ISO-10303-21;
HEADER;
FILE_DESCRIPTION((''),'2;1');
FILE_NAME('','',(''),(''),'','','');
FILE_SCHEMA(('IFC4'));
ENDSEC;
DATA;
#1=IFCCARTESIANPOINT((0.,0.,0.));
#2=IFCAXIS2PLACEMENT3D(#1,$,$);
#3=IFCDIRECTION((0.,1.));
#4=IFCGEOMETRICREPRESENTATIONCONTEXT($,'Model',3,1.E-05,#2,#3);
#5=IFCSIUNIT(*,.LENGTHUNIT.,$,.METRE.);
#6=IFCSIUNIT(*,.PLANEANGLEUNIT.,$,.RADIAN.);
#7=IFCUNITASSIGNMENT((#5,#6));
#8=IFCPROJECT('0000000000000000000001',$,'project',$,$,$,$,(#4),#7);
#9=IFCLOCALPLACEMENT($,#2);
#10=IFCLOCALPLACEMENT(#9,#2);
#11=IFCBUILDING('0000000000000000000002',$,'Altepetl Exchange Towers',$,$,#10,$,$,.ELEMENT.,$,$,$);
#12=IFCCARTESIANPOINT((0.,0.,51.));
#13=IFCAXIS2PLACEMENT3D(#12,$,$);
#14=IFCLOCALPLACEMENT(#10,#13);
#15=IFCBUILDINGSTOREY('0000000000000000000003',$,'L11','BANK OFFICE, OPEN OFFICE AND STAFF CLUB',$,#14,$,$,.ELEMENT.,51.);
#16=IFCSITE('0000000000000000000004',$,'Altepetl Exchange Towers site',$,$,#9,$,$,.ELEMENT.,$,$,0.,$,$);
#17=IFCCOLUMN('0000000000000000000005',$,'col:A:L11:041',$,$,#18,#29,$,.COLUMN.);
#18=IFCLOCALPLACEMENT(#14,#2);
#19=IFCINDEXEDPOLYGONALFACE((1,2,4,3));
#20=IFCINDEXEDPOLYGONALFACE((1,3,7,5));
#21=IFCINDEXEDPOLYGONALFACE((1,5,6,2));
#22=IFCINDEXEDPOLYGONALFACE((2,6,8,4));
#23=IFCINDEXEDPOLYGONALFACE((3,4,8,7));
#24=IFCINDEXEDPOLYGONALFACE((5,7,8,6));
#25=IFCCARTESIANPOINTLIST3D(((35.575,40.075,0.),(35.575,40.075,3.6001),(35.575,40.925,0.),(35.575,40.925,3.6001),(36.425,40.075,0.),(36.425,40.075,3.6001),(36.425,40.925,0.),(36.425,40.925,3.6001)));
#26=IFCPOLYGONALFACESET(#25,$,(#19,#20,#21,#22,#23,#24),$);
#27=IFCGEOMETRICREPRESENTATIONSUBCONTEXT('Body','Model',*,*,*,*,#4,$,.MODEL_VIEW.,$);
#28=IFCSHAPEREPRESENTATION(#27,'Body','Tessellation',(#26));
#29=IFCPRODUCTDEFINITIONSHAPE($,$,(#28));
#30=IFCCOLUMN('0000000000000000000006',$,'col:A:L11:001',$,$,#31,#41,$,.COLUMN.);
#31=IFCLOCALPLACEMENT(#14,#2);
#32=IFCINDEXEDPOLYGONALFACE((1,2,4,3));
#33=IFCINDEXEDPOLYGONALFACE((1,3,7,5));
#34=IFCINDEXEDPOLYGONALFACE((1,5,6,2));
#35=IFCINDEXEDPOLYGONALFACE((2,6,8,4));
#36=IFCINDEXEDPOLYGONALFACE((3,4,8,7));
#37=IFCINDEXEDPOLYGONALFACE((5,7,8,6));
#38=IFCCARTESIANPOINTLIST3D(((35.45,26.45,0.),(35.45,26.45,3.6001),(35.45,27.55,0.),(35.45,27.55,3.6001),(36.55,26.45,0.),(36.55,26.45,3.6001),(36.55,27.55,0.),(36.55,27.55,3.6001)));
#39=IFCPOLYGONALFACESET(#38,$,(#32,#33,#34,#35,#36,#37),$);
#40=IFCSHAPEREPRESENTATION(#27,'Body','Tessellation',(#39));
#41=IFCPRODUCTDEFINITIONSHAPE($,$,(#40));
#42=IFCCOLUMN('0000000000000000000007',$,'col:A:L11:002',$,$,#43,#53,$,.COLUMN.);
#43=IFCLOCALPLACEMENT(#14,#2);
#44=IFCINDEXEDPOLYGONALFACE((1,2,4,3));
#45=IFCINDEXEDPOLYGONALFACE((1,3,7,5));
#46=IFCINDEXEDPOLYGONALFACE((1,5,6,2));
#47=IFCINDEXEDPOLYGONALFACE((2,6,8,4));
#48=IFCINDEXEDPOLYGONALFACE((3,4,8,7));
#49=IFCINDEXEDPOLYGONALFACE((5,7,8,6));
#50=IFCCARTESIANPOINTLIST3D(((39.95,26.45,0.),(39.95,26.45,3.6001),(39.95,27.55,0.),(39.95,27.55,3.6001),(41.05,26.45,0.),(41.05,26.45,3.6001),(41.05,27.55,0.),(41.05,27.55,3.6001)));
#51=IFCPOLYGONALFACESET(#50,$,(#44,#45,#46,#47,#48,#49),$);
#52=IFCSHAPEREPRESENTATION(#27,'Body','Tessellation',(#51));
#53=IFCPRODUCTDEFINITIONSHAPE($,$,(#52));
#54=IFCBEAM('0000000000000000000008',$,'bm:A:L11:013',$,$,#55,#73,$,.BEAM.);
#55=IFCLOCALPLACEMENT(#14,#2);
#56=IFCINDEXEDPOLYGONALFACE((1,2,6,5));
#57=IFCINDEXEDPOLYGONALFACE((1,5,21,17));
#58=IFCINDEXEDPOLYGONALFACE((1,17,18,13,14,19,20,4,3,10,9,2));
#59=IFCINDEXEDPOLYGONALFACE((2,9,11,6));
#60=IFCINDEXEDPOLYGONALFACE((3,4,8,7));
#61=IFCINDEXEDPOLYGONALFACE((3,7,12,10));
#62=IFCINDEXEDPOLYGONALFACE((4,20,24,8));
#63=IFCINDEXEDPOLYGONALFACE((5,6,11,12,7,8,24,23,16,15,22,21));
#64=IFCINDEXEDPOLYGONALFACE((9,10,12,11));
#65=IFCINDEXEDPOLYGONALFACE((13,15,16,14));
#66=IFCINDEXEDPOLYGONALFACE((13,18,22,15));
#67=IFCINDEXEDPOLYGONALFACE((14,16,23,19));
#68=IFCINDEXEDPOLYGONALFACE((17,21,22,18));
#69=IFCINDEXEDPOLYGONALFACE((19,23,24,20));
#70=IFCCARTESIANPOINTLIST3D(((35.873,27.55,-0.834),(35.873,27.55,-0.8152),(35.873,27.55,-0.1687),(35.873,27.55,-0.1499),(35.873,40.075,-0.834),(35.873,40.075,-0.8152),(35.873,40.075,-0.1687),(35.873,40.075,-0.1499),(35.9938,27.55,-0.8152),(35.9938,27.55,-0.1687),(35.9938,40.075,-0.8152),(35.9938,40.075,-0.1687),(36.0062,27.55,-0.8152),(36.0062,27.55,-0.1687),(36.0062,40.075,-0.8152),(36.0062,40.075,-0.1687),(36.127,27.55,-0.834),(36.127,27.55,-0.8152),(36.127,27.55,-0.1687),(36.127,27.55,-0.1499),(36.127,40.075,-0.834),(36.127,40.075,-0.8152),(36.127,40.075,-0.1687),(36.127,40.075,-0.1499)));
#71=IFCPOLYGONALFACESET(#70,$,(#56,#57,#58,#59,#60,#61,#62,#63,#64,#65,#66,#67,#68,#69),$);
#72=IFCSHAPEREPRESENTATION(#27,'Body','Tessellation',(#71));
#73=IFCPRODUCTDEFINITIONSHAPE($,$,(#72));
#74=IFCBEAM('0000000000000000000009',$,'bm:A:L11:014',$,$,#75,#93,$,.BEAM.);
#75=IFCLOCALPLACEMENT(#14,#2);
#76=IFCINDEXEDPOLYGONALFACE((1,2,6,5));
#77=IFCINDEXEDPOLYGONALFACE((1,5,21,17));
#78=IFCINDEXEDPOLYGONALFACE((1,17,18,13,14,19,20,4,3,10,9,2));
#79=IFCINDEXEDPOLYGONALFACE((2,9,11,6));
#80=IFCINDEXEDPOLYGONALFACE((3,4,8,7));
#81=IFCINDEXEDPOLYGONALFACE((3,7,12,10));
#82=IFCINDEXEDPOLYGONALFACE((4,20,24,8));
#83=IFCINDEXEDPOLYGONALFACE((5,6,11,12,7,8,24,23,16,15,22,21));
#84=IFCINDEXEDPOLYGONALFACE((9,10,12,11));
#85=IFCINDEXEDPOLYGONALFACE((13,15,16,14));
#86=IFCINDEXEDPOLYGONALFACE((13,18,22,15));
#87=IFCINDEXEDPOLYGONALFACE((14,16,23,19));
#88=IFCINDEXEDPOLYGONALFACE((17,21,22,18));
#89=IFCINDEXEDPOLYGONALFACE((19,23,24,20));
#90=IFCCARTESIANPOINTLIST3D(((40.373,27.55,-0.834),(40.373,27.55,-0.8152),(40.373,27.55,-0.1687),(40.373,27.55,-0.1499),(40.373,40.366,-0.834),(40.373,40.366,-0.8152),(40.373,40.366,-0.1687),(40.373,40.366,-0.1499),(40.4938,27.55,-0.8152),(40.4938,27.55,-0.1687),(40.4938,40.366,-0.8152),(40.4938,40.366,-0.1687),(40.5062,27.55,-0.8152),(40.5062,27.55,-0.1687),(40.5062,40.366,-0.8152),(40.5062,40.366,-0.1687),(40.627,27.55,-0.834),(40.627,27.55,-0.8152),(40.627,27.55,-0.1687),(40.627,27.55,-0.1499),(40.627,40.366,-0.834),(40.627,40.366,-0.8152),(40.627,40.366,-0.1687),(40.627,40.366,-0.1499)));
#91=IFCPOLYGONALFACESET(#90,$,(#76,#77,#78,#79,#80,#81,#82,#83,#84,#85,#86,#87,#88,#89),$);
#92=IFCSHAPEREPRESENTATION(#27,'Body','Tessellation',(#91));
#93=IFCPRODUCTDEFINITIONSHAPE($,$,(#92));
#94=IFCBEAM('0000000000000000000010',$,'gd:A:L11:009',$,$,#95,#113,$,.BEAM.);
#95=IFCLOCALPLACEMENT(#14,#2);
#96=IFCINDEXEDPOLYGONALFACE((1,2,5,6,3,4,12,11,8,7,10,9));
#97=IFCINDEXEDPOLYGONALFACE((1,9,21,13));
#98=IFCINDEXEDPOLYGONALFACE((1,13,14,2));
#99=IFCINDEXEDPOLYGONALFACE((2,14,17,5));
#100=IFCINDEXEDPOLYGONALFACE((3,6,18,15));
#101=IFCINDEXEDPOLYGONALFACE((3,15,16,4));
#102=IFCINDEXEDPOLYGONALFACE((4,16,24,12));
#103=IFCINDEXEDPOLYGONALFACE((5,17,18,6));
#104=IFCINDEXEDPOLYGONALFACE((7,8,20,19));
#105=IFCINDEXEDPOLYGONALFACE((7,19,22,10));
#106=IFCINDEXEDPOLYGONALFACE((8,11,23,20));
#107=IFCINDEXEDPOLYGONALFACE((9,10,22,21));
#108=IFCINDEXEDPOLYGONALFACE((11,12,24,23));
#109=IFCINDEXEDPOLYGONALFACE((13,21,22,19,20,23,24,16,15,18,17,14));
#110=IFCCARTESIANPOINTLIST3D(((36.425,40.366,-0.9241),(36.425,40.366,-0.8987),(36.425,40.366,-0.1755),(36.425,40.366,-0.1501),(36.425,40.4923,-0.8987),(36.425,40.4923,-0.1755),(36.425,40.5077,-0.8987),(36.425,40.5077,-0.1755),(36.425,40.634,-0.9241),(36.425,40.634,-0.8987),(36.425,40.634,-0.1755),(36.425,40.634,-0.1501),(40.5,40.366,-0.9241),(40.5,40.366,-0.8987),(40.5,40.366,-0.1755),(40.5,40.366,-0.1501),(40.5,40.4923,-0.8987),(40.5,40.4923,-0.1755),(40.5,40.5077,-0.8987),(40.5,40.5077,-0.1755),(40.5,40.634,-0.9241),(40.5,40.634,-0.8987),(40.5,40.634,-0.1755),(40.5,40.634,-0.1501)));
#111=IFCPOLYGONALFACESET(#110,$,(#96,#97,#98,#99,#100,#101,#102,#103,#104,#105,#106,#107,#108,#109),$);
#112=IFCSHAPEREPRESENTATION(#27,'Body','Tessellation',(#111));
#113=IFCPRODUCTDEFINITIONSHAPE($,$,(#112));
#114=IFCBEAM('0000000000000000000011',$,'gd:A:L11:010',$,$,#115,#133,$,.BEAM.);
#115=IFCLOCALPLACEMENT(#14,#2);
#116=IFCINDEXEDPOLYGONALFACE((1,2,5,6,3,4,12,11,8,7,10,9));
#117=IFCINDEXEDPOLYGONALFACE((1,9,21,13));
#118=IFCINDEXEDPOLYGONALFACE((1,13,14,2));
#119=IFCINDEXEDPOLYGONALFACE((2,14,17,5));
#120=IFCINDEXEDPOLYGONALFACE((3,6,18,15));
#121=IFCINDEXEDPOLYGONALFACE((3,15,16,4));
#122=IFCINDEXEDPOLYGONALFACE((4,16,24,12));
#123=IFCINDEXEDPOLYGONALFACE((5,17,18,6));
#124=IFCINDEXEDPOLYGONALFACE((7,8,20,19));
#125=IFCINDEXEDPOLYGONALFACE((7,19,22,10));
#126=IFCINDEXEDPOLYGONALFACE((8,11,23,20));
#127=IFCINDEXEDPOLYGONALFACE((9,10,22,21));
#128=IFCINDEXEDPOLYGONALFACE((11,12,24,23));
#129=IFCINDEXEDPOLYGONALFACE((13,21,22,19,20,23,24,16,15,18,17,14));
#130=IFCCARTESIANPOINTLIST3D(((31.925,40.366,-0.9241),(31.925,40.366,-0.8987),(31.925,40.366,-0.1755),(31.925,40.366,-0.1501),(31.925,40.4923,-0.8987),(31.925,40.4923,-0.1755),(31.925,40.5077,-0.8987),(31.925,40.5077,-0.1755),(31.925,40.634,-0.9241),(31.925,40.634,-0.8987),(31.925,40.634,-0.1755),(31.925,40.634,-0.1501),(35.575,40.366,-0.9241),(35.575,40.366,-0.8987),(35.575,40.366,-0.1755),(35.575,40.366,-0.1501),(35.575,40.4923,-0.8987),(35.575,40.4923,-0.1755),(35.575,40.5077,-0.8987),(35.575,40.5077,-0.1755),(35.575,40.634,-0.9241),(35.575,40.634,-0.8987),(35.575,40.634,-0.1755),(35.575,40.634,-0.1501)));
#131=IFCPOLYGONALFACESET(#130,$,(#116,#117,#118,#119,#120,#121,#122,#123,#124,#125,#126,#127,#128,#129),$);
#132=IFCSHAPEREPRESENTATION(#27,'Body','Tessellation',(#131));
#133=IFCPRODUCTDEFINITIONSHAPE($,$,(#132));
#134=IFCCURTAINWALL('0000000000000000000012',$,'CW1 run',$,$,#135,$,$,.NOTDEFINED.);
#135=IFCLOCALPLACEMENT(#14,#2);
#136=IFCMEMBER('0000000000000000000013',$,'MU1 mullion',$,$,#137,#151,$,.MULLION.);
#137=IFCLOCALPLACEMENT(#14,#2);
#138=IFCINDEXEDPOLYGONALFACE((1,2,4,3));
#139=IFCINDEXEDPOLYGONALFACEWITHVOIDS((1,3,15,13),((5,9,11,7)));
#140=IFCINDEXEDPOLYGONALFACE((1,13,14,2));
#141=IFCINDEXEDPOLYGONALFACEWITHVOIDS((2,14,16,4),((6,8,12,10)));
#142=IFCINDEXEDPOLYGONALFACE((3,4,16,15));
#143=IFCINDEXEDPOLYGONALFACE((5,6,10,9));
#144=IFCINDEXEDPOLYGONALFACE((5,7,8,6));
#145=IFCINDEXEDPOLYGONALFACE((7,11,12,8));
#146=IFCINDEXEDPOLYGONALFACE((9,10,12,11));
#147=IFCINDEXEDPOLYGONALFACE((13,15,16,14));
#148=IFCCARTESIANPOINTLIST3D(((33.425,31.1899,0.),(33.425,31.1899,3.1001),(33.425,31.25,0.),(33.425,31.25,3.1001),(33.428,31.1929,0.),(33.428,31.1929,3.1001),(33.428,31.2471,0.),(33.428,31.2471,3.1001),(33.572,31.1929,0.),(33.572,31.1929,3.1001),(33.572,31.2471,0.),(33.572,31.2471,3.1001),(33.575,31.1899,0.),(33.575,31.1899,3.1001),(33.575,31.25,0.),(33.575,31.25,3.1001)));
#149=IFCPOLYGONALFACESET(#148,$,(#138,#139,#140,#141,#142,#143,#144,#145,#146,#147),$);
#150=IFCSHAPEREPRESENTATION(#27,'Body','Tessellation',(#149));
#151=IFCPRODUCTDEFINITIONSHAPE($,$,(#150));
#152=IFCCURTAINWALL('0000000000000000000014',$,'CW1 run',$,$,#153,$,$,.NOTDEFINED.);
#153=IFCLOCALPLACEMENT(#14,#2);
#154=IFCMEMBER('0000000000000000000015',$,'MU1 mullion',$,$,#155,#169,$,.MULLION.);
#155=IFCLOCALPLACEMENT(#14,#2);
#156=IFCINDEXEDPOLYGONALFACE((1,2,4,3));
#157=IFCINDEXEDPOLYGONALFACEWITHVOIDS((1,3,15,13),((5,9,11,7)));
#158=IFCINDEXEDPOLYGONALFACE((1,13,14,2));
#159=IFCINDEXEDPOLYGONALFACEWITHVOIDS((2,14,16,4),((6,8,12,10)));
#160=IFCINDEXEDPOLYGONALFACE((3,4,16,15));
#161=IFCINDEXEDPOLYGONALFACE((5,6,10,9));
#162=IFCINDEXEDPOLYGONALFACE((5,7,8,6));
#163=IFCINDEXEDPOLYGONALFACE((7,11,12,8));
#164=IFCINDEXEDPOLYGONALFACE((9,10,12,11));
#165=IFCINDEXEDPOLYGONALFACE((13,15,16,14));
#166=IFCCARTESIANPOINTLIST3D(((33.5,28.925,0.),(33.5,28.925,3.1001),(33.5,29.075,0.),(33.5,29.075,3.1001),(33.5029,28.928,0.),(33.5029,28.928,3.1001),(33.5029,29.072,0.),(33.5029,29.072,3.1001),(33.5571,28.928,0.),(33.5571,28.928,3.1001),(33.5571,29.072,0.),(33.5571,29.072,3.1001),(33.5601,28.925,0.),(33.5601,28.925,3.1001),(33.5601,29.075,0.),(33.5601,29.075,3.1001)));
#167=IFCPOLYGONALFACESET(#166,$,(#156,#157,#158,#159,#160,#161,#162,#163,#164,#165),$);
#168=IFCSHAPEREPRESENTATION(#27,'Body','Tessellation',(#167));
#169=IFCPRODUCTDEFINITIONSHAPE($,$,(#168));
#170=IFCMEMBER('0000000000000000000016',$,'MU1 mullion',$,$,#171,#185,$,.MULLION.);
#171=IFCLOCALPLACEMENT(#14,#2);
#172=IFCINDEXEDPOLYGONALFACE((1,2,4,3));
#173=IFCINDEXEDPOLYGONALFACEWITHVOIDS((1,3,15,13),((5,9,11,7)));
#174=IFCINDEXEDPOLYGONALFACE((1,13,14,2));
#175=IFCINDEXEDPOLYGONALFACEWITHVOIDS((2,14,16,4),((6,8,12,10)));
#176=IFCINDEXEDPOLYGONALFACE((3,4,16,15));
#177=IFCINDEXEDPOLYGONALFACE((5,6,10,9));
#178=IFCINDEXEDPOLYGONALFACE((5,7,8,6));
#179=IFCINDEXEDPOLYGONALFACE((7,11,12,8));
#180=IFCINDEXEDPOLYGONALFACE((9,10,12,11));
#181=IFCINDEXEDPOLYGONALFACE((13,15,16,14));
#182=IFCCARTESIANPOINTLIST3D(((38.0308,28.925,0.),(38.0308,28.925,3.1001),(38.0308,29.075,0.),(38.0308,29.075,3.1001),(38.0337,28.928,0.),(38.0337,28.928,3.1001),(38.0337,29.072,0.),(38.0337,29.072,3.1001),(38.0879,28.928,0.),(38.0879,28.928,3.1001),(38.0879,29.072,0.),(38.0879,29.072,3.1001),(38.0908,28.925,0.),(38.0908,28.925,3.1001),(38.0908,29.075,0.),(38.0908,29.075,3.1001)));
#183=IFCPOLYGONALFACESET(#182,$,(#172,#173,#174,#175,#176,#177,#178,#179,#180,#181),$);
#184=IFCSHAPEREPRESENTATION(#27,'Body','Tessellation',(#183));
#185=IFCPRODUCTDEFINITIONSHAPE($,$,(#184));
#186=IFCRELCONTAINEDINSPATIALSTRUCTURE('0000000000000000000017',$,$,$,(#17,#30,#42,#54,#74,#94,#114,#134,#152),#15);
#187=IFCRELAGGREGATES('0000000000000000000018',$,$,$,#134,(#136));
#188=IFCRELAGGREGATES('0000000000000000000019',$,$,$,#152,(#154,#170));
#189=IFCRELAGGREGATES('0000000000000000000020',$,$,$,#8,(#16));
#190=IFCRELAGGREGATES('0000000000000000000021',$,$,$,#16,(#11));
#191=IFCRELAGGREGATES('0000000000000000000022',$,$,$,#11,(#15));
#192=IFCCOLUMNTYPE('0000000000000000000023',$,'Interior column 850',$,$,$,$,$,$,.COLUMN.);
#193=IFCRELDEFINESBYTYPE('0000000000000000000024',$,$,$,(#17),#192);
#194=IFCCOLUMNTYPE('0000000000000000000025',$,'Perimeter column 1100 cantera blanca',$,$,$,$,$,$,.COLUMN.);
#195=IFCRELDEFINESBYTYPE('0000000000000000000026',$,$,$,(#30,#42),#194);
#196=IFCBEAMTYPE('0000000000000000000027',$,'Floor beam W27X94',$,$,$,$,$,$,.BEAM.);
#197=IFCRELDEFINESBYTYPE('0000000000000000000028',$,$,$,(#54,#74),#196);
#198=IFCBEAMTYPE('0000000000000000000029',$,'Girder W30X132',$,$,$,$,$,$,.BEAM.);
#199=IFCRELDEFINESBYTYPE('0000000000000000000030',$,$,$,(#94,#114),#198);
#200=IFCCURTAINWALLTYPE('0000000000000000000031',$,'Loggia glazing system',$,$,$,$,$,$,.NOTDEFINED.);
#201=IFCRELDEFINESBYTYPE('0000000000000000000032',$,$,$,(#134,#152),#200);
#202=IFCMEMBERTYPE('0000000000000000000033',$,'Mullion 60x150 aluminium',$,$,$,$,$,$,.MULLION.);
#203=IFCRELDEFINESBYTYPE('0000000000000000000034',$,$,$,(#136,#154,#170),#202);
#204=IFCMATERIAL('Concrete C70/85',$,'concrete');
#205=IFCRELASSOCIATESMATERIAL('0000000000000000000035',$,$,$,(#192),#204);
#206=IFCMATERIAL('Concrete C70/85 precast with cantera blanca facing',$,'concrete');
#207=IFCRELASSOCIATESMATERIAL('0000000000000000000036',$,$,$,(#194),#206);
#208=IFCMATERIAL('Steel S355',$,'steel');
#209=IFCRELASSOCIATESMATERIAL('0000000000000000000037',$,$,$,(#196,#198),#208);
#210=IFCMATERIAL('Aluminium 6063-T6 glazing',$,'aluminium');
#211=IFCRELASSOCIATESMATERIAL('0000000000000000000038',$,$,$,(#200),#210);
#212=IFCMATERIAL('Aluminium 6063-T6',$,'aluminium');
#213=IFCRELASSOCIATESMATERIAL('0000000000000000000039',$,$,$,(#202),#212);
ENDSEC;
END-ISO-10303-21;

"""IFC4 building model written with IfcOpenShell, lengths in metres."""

from ifc_helpers import new_model, si_unit, direction, frame, origin, origin_2d, place, context, subcontext, project, spatial, rectangle, hollow_rectangle, i_section, extrude, material, material_profile, profile_set, type_object, element, aggregate, save


model = new_model("IFC4")

# Units and contexts
model_context = context("Model", 3, precision=1e-05, world=origin(), true_north=direction((0.0, 1.0)))
body_context = subcontext(model_context, "Body", "Model", "MODEL_VIEW")
ifc_project = project(units=[si_unit("LENGTHUNIT", "METRE"), si_unit("PLANEANGLEUNIT", "RADIAN")], contexts=[model_context])

# Site, building, storey
site_placement = place(None, origin())
site = spatial("IfcSite", under=ifc_project, at=site_placement, Name="Altepetl Exchange Towers site", CompositionType="ELEMENT", RefElevation=0.0)
building_placement = place(site_placement, origin())
building = spatial("IfcBuilding", under=site, at=building_placement, Name="Altepetl Exchange Towers", CompositionType="ELEMENT")
storey_placement = place(building_placement, frame((0.0, 0.0, 51.0)))
storey = spatial("IfcBuildingStorey", under=building, at=storey_placement, Name="L11", Description="BANK OFFICE, OPEN OFFICE AND STAFF CLUB", CompositionType="ELEMENT", Elevation=51.0)

# Columns
ifc_material_1 = material(Name="Concrete C70/85", Category="concrete")
ifc_material_profile_1 = material_profile(ifc_material_1, rectangle(XDim=0.8501, YDim=0.8501, at=origin_2d()), Name="850 x 850")
ifc_profile_set_1 = profile_set([ifc_material_profile_1], Name="Concrete C70/85")
column_type_1 = type_object("IfcColumnType", Name="Interior column 850", PredefinedType="COLUMN", material=ifc_profile_set_1)
column_placement = place(storey_placement, frame((36.0, 40.5, 0.0)))
element("IfcColumn", 1, at=column_placement, inside=storey, type_object=column_type_1, Name="col:A:L11:041", PredefinedType="COLUMN", context=body_context, shape_type="SweptSolid", body=[
    extrude(rectangle(XDim=0.8501, YDim=0.8501, at=origin_2d()), origin(), (0.0, 0.0, 1.0), 3.6001),
])
ifc_material_2 = material(Name="Concrete C70/85 precast with cantera blanca facing", Category="concrete")
ifc_material_profile_2 = material_profile(ifc_material_2, rectangle(XDim=1.1001, YDim=1.1001, at=origin_2d()), Name="1100 x 1100")
ifc_profile_set_2 = profile_set([ifc_material_profile_2], Name="Concrete C70/85 precast with cantera blanca facing")
column_type_2 = type_object("IfcColumnType", Name="Perimeter column 1100 cantera blanca", PredefinedType="COLUMN", material=ifc_profile_set_2)
for number, where, name in (
    (2, (36.0, 27.0, 0.0), "col:A:L11:001"),
    (3, (40.5, 27.0, 0.0), "col:A:L11:002"),
):
    element("IfcColumn", number, at=place(storey_placement, frame(where)), inside=storey, type_object=column_type_2, Name=name, PredefinedType="COLUMN", context=body_context, shape_type="SweptSolid", body=[
        extrude(rectangle(XDim=1.1001, YDim=1.1001, at=origin_2d()), origin(), (0.0, 0.0, 1.0), 3.6001),
    ])

# Beams
ifc_material_3 = material(Name="Steel S355", Category="steel")
ifc_material_profile_3 = material_profile(ifc_material_3, i_section(OverallWidth=0.2539, OverallDepth=0.6841, WebThickness=0.0125, FlangeThickness=0.0188, at=origin_2d()), Name="W27X94")
ifc_profile_set_3 = profile_set([ifc_material_profile_3], Name="Steel S355")
beam_type_1 = type_object("IfcBeamType", Name="Floor beam W27X94", PredefinedType="BEAM", material=ifc_profile_set_3)
beam_1_placement = place(storey_placement, frame((36.0, 27.55, -0.4919), z_axis=(0.0, 1.0, 0.0), x_axis=(-1.0, 0.0, 0.0)))
element("IfcBeam", 4, at=beam_1_placement, inside=storey, type_object=beam_type_1, Name="bm:A:L11:013", PredefinedType="BEAM", context=body_context, shape_type="SweptSolid", body=[
    extrude(i_section(OverallWidth=0.2539, OverallDepth=0.6841, WebThickness=0.0125, FlangeThickness=0.0188, at=origin_2d()), origin(), (0.0, 0.0, 1.0), 12.5249),
])
beam_2_placement = place(storey_placement, frame((40.5, 27.55, -0.4919), z_axis=(0.0, 1.0, 0.0), x_axis=(-1.0, 0.0, 0.0)))
element("IfcBeam", 5, at=beam_2_placement, inside=storey, type_object=beam_type_1, Name="bm:A:L11:014", PredefinedType="BEAM", context=body_context, shape_type="SweptSolid", body=[
    extrude(i_section(OverallWidth=0.2539, OverallDepth=0.6841, WebThickness=0.0125, FlangeThickness=0.0188, at=origin_2d()), origin(), (0.0, 0.0, 1.0), 12.8159),
])
ifc_material_profile_4 = material_profile(ifc_material_3, i_section(OverallWidth=0.2681, OverallDepth=0.7739, WebThickness=0.0154, FlangeThickness=0.0254, at=origin_2d()), Name="W30X132")
ifc_profile_set_4 = profile_set([ifc_material_profile_4], Name="Steel S355")
beam_type_2 = type_object("IfcBeamType", Name="Girder W30X132", PredefinedType="BEAM", material=ifc_profile_set_4)
beam_3_placement = place(storey_placement, frame((40.5, 40.5, -0.5371), z_axis=(-1.0, 0.0, 0.0), x_axis=(0.0, -1.0, 0.0)))
element("IfcBeam", 6, at=beam_3_placement, inside=storey, type_object=beam_type_2, Name="gd:A:L11:009", PredefinedType="BEAM", context=body_context, shape_type="SweptSolid", body=[
    extrude(i_section(OverallWidth=0.2681, OverallDepth=0.7739, WebThickness=0.0154, FlangeThickness=0.0254, at=origin_2d()), origin(), (0.0, 0.0, 1.0), 4.075),
])
beam_4_placement = place(storey_placement, frame((35.575, 40.5, -0.5371), z_axis=(-1.0, 0.0, 0.0), x_axis=(0.0, -1.0, 0.0)))
element("IfcBeam", 7, at=beam_4_placement, inside=storey, type_object=beam_type_2, Name="gd:A:L11:010", PredefinedType="BEAM", context=body_context, shape_type="SweptSolid", body=[
    extrude(i_section(OverallWidth=0.2681, OverallDepth=0.7739, WebThickness=0.0154, FlangeThickness=0.0254, at=origin_2d()), origin(), (0.0, 0.0, 1.0), 3.6499),
])

# Curtain wall, member
ifc_material_4 = material(Name="Aluminium 6063-T6 glazing", Category="aluminium")
curtain_wall_type = type_object("IfcCurtainWallType", Name="Loggia glazing system", PredefinedType="NOTDEFINED", material=ifc_material_4)
curtain_wall_1_placement = place(storey_placement, origin())
curtain_wall_1 = element("IfcCurtainWall", 8, at=curtain_wall_1_placement, inside=storey, type_object=curtain_wall_type, Name="CW1 run", PredefinedType="NOTDEFINED")
ifc_material_5 = material(Name="Aluminium 6063-T6", Category="aluminium")
ifc_material_profile_5 = material_profile(ifc_material_5, hollow_rectangle(XDim=0.0601, YDim=0.1499, WallThickness=0.0029, at=origin_2d()), Name="Mullion 60x150 aluminium")
ifc_profile_set_5 = profile_set([ifc_material_profile_5], Name="Aluminium 6063-T6")
member_type = type_object("IfcMemberType", Name="Mullion 60x150 aluminium", PredefinedType="MULLION", material=ifc_profile_set_5)
member_1_placement = place(storey_placement, frame((33.5, 31.22, 0.0), z_axis=(0.0, 0.0, 1.0), x_axis=(0.0, -1.0, 0.0)))
member_1 = element("IfcMember", 9, at=member_1_placement, type_object=member_type, Name="MU1 mullion", PredefinedType="MULLION", context=body_context, shape_type="SweptSolid", body=[
    extrude(hollow_rectangle(XDim=0.0601, YDim=0.1499, WallThickness=0.0029, at=origin_2d()), origin(), (0.0, 0.0, 1.0), 3.1001),
])
aggregate(curtain_wall_1, [member_1])

# Curtain wall, members
curtain_wall_2_placement = place(storey_placement, origin())
curtain_wall_2 = element("IfcCurtainWall", 10, at=curtain_wall_2_placement, inside=storey, type_object=curtain_wall_type, Name="CW1 run", PredefinedType="NOTDEFINED")
member_2_placement = place(storey_placement, frame((33.53, 29.0, 0.0)))
member_2 = element("IfcMember", 11, at=member_2_placement, type_object=member_type, Name="MU1 mullion", PredefinedType="MULLION", context=body_context, shape_type="SweptSolid", body=[
    extrude(hollow_rectangle(XDim=0.0601, YDim=0.1499, WallThickness=0.0029, at=origin_2d()), origin(), (0.0, 0.0, 1.0), 3.1001),
])
member_3_placement = place(storey_placement, frame((38.0608, 29.0, 0.0)))
member_3 = element("IfcMember", 12, at=member_3_placement, type_object=member_type, Name="MU1 mullion", PredefinedType="MULLION", context=body_context, shape_type="SweptSolid", body=[
    extrude(hollow_rectangle(XDim=0.0601, YDim=0.1499, WallThickness=0.0029, at=origin_2d()), origin(), (0.0, 0.0, 1.0), 3.1001),
])

aggregate(curtain_wall_2, [member_2, member_3])

save(model, "model.ifc")
